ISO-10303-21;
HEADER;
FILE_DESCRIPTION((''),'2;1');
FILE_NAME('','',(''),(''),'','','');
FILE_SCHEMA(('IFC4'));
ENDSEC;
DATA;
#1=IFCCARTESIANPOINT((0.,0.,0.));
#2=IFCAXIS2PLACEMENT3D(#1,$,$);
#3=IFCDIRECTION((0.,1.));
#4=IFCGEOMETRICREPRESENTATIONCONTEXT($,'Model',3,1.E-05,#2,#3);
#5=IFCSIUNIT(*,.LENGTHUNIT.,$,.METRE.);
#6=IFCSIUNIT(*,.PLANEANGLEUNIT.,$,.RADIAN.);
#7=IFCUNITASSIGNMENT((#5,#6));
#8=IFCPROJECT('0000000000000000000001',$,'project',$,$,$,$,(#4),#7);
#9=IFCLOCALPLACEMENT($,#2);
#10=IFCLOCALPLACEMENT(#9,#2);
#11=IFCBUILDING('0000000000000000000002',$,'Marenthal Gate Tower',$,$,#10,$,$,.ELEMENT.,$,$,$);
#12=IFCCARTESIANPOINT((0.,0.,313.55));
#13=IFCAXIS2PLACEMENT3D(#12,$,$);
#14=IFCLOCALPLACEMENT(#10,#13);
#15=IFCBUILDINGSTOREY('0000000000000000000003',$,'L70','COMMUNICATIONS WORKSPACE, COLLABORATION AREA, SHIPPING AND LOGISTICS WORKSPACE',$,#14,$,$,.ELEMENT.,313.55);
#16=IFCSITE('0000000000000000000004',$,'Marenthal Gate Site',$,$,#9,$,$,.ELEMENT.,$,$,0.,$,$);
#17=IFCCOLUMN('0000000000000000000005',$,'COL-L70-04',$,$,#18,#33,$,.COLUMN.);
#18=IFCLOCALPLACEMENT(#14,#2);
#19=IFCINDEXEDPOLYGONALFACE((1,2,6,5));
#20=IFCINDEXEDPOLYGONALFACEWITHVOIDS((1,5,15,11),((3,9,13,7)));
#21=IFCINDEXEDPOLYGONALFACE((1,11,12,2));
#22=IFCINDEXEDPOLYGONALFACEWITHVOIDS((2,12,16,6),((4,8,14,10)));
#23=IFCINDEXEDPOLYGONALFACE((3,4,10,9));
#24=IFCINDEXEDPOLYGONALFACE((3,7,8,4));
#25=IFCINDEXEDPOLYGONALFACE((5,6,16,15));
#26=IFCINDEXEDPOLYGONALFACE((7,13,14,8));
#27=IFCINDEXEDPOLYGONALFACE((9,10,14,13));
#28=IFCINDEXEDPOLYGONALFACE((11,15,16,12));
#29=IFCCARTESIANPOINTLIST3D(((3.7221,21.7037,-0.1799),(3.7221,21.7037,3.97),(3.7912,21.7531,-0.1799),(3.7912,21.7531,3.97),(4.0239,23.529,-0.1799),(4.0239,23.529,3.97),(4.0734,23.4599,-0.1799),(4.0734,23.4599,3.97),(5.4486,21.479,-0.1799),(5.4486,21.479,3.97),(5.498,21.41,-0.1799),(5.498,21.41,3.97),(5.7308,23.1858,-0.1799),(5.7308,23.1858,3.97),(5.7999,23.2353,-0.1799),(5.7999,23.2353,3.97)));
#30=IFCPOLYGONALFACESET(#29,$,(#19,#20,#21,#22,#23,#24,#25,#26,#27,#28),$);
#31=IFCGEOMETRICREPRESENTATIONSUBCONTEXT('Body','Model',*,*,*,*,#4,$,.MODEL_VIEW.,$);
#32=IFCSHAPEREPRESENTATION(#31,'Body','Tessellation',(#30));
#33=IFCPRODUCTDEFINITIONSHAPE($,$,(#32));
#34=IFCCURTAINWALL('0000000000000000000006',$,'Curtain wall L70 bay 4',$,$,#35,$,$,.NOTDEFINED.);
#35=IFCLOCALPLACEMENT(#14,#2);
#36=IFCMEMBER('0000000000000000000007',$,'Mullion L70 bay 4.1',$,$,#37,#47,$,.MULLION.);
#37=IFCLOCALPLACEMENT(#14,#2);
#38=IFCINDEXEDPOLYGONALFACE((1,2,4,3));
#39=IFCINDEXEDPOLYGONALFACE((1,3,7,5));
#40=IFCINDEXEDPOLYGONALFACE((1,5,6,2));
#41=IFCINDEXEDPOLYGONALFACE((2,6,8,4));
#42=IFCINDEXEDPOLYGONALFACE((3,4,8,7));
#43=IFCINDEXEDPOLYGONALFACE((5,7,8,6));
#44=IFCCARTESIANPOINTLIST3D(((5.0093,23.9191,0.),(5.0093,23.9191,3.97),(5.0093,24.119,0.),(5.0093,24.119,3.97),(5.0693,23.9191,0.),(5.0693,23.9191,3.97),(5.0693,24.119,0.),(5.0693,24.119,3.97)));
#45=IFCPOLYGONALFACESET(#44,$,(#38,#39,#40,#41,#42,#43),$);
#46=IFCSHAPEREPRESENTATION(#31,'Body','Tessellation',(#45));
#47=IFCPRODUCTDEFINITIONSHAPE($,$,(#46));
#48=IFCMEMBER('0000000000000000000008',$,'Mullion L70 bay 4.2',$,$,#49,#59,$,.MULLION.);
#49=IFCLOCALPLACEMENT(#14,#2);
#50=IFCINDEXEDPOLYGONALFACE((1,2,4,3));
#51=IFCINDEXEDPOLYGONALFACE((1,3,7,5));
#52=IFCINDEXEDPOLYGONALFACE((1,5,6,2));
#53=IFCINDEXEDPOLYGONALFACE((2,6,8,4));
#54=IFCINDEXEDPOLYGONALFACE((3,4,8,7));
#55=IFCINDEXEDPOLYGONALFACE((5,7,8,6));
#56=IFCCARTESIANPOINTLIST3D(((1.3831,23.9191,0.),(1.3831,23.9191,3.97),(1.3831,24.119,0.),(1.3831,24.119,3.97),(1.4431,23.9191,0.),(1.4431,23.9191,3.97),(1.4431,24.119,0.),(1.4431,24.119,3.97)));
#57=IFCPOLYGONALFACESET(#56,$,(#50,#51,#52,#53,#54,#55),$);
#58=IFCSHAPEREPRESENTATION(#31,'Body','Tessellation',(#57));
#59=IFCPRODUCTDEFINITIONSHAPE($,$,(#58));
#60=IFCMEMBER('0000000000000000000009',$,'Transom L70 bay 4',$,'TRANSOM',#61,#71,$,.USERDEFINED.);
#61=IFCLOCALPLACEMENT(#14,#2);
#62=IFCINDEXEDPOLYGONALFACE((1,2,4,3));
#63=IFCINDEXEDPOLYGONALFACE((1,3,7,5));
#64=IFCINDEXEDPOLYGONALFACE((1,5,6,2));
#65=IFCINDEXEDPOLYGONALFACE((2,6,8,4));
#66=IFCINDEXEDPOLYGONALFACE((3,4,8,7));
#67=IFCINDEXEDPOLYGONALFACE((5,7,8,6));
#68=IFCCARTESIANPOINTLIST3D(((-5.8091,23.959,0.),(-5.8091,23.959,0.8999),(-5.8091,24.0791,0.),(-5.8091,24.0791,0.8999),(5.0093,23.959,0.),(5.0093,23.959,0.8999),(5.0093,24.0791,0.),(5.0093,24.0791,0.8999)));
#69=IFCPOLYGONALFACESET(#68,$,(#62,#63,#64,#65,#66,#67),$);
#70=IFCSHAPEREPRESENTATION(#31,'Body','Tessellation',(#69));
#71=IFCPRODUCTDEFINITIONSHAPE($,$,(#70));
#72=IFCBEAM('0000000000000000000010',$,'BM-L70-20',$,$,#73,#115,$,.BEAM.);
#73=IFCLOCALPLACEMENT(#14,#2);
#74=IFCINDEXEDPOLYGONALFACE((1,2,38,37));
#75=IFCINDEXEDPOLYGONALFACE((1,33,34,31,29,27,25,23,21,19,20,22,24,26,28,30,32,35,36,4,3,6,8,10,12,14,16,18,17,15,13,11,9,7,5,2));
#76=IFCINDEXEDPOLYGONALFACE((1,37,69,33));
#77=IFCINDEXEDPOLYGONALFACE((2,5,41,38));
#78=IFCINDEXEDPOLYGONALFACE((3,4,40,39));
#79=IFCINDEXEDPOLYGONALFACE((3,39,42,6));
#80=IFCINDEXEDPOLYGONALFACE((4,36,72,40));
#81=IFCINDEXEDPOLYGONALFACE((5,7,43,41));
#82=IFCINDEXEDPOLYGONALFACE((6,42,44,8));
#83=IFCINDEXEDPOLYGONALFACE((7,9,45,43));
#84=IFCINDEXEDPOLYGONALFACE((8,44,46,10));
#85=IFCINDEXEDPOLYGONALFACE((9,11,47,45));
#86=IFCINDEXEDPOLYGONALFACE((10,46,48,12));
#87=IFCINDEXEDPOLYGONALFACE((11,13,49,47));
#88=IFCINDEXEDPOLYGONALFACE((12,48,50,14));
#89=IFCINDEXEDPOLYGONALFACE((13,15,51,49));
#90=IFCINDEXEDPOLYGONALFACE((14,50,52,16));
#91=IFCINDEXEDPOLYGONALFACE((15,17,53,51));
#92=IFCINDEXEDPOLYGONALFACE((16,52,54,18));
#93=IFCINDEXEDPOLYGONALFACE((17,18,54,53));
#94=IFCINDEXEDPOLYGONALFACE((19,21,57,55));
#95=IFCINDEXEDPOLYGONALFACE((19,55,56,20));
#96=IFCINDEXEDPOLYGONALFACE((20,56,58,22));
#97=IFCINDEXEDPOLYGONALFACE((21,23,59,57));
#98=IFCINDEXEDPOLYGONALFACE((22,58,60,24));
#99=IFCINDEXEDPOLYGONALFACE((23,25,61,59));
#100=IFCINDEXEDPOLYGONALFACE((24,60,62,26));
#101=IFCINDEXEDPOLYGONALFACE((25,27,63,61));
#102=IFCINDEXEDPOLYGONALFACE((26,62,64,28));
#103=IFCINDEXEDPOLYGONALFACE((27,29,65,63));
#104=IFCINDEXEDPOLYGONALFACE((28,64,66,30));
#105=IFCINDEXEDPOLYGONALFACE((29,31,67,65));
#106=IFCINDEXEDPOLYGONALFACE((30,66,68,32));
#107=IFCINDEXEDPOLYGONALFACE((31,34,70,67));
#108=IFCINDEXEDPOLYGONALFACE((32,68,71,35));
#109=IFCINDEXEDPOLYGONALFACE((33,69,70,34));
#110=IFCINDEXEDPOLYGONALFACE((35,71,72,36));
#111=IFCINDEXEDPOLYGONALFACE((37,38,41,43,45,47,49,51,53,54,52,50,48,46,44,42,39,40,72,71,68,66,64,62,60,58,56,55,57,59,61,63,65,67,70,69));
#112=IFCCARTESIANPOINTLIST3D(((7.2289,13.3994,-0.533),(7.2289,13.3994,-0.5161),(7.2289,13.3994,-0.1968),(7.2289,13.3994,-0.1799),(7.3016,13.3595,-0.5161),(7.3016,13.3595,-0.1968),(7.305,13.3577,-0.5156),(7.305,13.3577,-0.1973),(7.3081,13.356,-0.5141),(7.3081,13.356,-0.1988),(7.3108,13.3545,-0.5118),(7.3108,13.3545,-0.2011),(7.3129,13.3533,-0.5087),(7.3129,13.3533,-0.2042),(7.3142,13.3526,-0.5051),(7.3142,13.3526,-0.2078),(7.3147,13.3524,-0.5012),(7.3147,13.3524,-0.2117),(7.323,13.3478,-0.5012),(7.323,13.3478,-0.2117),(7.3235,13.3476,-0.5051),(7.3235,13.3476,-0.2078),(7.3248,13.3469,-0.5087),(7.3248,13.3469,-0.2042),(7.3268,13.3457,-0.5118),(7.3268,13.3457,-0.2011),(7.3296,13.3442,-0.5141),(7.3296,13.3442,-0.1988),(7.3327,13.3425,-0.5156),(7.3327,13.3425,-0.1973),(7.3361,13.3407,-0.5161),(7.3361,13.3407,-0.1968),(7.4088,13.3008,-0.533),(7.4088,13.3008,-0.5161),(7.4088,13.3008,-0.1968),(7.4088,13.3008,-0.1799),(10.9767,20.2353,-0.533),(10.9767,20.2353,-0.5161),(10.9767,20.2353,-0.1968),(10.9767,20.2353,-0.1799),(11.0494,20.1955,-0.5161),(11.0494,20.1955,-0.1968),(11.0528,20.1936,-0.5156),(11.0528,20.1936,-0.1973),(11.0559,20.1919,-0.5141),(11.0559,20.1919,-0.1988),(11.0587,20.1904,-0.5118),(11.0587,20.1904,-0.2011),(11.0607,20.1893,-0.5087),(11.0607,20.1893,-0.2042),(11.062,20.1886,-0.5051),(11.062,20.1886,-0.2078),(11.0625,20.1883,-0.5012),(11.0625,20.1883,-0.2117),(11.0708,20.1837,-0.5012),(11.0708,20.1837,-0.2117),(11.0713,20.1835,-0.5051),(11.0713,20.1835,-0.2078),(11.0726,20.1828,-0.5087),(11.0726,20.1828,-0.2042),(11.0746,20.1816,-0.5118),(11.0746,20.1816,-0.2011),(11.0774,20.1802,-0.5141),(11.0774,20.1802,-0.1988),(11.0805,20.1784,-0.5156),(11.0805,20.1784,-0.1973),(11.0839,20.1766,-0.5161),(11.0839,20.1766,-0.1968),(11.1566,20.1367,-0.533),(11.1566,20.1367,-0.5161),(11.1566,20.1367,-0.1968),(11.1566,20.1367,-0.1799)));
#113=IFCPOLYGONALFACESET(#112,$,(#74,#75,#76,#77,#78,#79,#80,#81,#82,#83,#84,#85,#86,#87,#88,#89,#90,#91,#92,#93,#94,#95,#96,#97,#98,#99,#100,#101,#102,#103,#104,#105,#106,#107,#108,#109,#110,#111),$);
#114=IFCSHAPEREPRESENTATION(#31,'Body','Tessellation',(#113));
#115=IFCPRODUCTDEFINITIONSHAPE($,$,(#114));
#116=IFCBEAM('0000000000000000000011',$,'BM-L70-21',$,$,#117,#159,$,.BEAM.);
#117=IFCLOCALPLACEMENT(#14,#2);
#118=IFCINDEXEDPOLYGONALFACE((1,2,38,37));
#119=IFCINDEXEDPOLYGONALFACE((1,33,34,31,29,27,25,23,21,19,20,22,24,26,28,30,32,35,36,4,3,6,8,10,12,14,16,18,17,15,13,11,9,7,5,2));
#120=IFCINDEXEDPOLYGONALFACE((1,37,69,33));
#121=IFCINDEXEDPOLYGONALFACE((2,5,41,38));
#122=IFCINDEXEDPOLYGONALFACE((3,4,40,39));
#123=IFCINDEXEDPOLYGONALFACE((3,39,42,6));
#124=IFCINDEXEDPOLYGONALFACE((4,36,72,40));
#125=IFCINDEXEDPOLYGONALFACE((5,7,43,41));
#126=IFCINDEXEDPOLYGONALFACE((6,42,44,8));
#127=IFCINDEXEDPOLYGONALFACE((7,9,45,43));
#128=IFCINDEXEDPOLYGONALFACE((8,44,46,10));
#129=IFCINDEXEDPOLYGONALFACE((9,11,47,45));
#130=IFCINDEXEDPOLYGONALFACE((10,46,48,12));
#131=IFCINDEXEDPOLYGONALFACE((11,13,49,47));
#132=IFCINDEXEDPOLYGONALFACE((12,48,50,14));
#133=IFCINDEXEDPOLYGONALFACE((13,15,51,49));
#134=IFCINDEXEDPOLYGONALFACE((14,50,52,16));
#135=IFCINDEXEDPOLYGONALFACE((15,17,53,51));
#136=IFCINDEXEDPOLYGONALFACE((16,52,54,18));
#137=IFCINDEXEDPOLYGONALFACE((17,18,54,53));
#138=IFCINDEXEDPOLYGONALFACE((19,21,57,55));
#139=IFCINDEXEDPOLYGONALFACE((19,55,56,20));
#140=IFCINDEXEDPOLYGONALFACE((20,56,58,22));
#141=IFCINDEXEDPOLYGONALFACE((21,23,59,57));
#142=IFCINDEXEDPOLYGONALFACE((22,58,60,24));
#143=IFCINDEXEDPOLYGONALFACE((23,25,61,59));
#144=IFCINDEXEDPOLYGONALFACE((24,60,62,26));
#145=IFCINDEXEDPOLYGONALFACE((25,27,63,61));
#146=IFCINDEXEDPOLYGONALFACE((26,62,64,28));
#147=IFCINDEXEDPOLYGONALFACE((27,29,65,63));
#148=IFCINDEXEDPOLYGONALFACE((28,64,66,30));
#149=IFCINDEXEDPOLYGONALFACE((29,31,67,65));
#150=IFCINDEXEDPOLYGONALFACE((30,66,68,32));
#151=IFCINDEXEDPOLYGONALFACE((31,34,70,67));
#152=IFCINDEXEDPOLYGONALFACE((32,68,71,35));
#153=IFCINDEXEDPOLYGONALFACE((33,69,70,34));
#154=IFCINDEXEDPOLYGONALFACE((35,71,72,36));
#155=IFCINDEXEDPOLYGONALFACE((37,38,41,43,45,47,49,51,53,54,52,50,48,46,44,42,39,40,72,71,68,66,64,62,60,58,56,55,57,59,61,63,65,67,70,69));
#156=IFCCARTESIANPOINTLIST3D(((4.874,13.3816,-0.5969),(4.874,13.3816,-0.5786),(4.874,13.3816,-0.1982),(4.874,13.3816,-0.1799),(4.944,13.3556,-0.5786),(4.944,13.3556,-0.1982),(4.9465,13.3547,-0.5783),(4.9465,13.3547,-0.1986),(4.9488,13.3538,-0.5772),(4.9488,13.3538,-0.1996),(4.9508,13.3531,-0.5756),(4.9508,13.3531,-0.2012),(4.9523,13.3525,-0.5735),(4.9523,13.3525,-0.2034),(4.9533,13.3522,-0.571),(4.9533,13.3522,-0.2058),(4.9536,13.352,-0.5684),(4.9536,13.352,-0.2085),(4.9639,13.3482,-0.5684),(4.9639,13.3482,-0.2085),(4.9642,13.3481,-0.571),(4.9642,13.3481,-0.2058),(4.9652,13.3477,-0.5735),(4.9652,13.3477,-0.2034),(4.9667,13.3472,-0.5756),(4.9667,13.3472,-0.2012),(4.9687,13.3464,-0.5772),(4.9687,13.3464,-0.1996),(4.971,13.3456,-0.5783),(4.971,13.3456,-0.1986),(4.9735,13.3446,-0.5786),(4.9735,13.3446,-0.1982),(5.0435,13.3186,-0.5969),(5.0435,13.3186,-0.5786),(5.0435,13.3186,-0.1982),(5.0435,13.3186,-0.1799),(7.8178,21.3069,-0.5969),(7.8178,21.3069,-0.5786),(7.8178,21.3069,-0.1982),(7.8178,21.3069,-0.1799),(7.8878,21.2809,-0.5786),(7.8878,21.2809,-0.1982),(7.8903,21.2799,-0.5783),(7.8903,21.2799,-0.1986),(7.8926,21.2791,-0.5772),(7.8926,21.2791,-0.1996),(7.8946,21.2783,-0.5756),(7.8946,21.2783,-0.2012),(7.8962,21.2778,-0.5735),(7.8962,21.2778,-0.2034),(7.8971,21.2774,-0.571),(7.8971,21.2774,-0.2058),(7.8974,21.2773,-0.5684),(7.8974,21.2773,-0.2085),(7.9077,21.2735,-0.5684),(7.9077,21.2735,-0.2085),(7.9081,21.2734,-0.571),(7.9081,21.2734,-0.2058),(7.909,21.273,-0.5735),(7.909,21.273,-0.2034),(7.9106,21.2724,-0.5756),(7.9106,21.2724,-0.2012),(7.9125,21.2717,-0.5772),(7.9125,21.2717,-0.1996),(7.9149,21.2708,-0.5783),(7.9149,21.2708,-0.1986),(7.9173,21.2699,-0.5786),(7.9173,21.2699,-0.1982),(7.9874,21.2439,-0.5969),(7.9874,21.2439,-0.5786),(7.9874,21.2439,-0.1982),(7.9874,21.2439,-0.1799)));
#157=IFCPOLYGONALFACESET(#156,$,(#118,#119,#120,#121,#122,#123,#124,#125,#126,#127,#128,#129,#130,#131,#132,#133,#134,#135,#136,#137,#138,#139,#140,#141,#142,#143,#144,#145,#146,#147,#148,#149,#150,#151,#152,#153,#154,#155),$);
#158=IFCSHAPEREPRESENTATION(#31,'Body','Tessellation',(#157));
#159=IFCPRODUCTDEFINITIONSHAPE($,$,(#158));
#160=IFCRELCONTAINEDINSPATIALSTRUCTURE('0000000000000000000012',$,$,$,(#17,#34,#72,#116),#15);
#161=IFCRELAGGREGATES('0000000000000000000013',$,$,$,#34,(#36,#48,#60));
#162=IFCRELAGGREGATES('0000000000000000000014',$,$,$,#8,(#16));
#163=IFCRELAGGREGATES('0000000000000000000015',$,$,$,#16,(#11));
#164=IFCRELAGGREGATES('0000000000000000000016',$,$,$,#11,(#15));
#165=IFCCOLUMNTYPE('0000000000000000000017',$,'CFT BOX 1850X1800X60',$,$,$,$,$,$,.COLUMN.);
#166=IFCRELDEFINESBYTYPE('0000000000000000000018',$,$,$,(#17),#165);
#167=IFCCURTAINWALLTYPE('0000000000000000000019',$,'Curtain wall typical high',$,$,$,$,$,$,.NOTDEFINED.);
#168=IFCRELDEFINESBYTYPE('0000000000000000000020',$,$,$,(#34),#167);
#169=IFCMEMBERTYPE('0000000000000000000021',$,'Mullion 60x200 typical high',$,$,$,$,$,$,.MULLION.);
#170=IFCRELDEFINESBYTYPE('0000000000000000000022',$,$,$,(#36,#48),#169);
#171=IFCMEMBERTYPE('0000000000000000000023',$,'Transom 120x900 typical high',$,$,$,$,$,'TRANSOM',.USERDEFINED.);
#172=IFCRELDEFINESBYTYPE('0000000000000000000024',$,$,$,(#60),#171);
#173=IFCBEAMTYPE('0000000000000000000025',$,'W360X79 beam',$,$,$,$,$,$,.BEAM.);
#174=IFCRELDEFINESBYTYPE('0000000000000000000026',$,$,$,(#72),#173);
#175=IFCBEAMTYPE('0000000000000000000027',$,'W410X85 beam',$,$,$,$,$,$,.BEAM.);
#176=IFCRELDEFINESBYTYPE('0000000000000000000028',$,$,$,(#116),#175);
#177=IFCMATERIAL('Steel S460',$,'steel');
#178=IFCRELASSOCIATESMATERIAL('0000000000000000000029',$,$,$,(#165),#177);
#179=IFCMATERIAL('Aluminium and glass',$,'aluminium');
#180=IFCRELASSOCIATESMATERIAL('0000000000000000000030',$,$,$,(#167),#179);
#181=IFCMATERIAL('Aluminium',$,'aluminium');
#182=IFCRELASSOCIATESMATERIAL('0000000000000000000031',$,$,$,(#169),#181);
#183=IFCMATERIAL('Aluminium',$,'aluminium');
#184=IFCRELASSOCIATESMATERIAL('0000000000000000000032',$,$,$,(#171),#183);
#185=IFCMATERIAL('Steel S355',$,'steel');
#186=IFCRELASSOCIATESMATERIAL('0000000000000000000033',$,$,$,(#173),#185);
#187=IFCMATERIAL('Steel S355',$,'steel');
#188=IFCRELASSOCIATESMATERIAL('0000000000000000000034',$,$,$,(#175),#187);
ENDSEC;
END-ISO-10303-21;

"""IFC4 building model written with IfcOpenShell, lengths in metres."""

from ifc_helpers import new_model, si_unit, direction, frame, origin, origin_2d, place, context, subcontext, project, spatial, rectangle, hollow_rectangle, i_section, extrude, material, material_profile, profile_set, type_object, element, aggregate, save


model = new_model("IFC4")

# Units and contexts
model_context = context("Model", 3, precision=1e-05, world=origin(), true_north=direction((0.0, 1.0)))
body_context = subcontext(model_context, "Body", "Model", "MODEL_VIEW")
ifc_project = project(units=[si_unit("LENGTHUNIT", "METRE"), si_unit("PLANEANGLEUNIT", "RADIAN")], contexts=[model_context])

# Site, building, storey
site_placement = place(None, origin())
site = spatial("IfcSite", under=ifc_project, at=site_placement, Name="Marenthal Gate Site", CompositionType="ELEMENT", RefElevation=0.0)
building_placement = place(site_placement, origin())
building = spatial("IfcBuilding", under=site, at=building_placement, Name="Marenthal Gate Tower", CompositionType="ELEMENT")
storey_placement = place(building_placement, frame((0.0, 0.0, 313.55)))
storey = spatial("IfcBuildingStorey", under=building, at=storey_placement, Name="L70", Description="COMMUNICATIONS WORKSPACE, COLLABORATION AREA, SHIPPING AND LOGISTICS WORKSPACE", CompositionType="ELEMENT", Elevation=313.55)

# Column
ifc_material_1 = material(Name="Steel S460", Category="steel")
ifc_material_profile_1 = material_profile(ifc_material_1, hollow_rectangle(XDim=1.8, YDim=1.8501, WallThickness=0.0601, at=origin_2d()), Name="CFT BOX 1850X1800X60")
ifc_material_2 = material(Name="Concrete 70 MPa", Category="concrete")
ifc_material_profile_2 = material_profile(ifc_material_2, rectangle(XDim=1.6799, YDim=1.73, at=origin_2d()), Name="CFT BOX 1850X1800X60 INFILL")
ifc_profile_set_1 = profile_set([ifc_material_profile_1, ifc_material_profile_2], Name="Steel S460 shell, Concrete 70 MPa infill")
column_type = type_object("IfcColumnType", Name="CFT BOX 1850X1800X60", PredefinedType="COLUMN", material=ifc_profile_set_1)
column_placement = place(storey_placement, frame((4.761, 22.4695, -0.1799), z_axis=(0.0, 0.0, 1.0), x_axis=(0.986602, -0.163147, 0.0)))
element("IfcColumn", 1, at=column_placement, inside=storey, type_object=column_type, Name="COL-L70-04", PredefinedType="COLUMN", context=body_context, shape_type="SweptSolid", body=[
    extrude(hollow_rectangle(XDim=1.8, YDim=1.8501, WallThickness=0.0601, at=origin_2d()), origin(), (0.0, 0.0, 1.0), 4.1499),
])

# Curtain wall, members
ifc_material_3 = material(Name="Aluminium and glass", Category="aluminium")
curtain_wall_type = type_object("IfcCurtainWallType", Name="Curtain wall typical high", PredefinedType="NOTDEFINED", material=ifc_material_3)
curtain_wall_placement = place(storey_placement, origin())
curtain_wall = element("IfcCurtainWall", 2, at=curtain_wall_placement, inside=storey, type_object=curtain_wall_type, Name="Curtain wall L70 bay 4", PredefinedType="NOTDEFINED")
ifc_material_4 = material(Name="Aluminium", Category="aluminium")
ifc_material_profile_3 = material_profile(ifc_material_4, rectangle(XDim=0.2, YDim=0.0601, at=origin_2d()), Name="60x200 aluminium mullion")
ifc_profile_set_2 = profile_set([ifc_material_profile_3], Name="Aluminium")
member_type_1 = type_object("IfcMemberType", Name="Mullion 60x200 typical high", PredefinedType="MULLION", material=ifc_profile_set_2)
member_1_placement = place(storey_placement, frame((5.0393, 24.019, 0.0), z_axis=(0.0, 0.0, 1.0), x_axis=(0.0, -1.0, 0.0)))
member_1 = element("IfcMember", 3, at=member_1_placement, type_object=member_type_1, Name="Mullion L70 bay 4.1", PredefinedType="MULLION", context=body_context, shape_type="SweptSolid", body=[
    extrude(rectangle(XDim=0.2, YDim=0.0601, at=origin_2d()), origin(), (0.0, 0.0, 1.0), 3.97),
])
member_2_placement = place(storey_placement, frame((1.4131, 24.019, 0.0), z_axis=(0.0, 0.0, 1.0), x_axis=(0.0, -1.0, 0.0)))
member_2 = element("IfcMember", 4, at=member_2_placement, type_object=member_type_1, Name="Mullion L70 bay 4.2", PredefinedType="MULLION", context=body_context, shape_type="SweptSolid", body=[
    extrude(rectangle(XDim=0.2, YDim=0.0601, at=origin_2d()), origin(), (0.0, 0.0, 1.0), 3.97),
])
ifc_material_5 = material(Name="Aluminium", Category="aluminium")
ifc_material_profile_4 = material_profile(ifc_material_5, rectangle(XDim=0.1201, YDim=0.8999, at=origin_2d()), Name="120x900 aluminium transom")
ifc_profile_set_3 = profile_set([ifc_material_profile_4], Name="Aluminium")
member_type_2 = type_object("IfcMemberType", Name="Transom 120x900 typical high", ElementType="TRANSOM", PredefinedType="USERDEFINED", material=ifc_profile_set_3)
member_3_placement = place(storey_placement, frame((5.0093, 24.019, 0.45), z_axis=(-1.0, 0.0, 0.0), x_axis=(0.0, -1.0, 0.0)))
member_3 = element("IfcMember", 5, at=member_3_placement, type_object=member_type_2, Name="Transom L70 bay 4", ObjectType="TRANSOM", PredefinedType="USERDEFINED", context=body_context, shape_type="SweptSolid", body=[
    extrude(rectangle(XDim=0.1201, YDim=0.8999, at=origin_2d()), origin(), (0.0, 0.0, 1.0), 10.8184),
])

# Beams
ifc_material_6 = material(Name="Steel S355", Category="steel")
ifc_material_profile_5 = material_profile(ifc_material_6, i_section(OverallWidth=0.2051, OverallDepth=0.353, WebThickness=0.0095, FlangeThickness=0.0168, FilletRadius=0.0149, at=origin_2d()), Name="W360X79")
ifc_profile_set_4 = profile_set([ifc_material_profile_5], Name="Steel S355")
beam_type_1 = type_object("IfcBeamType", Name="W360X79 beam", PredefinedType="BEAM", material=ifc_profile_set_4)
beam_1_placement = place(storey_placement, frame((11.0667, 20.186, -0.3564), z_axis=(-0.48074, -0.876863, 0.0), x_axis=(0.876863, -0.48074, 0.0)))
element("IfcBeam", 6, at=beam_1_placement, inside=storey, type_object=beam_type_1, Name="BM-L70-20", PredefinedType="BEAM", context=body_context, shape_type="SweptSolid", body=[
    extrude(i_section(OverallWidth=0.2051, OverallDepth=0.353, WebThickness=0.0095, FlangeThickness=0.0168, FilletRadius=0.0149, at=origin_2d()), origin(), (0.0, 0.0, 1.0), 7.7959),
])
ifc_material_7 = material(Name="Steel S355", Category="steel")
ifc_material_profile_6 = material_profile(ifc_material_7, i_section(OverallWidth=0.1809, OverallDepth=0.417, WebThickness=0.011, FlangeThickness=0.0183, FilletRadius=0.0103, at=origin_2d()), Name="W410X85")
ifc_profile_set_5 = profile_set([ifc_material_profile_6], Name="Steel S355")
beam_type_2 = type_object("IfcBeamType", Name="W410X85 beam", PredefinedType="BEAM", material=ifc_profile_set_5)
beam_2_placement = place(storey_placement, frame((7.9026, 21.2754, -0.3884), z_axis=(-0.348204, -0.937419, 0.0), x_axis=(0.937419, -0.348204, 0.0)))
element("IfcBeam", 7, at=beam_2_placement, inside=storey, type_object=beam_type_2, Name="BM-L70-21", PredefinedType="BEAM", context=body_context, shape_type="SweptSolid", body=[
    extrude(i_section(OverallWidth=0.1809, OverallDepth=0.417, WebThickness=0.011, FlangeThickness=0.0183, FilletRadius=0.0103, at=origin_2d()), origin(), (0.0, 0.0, 1.0), 8.4543),
])

aggregate(curtain_wall, [member_1, member_2, member_3])

save(model, "model.ifc")
